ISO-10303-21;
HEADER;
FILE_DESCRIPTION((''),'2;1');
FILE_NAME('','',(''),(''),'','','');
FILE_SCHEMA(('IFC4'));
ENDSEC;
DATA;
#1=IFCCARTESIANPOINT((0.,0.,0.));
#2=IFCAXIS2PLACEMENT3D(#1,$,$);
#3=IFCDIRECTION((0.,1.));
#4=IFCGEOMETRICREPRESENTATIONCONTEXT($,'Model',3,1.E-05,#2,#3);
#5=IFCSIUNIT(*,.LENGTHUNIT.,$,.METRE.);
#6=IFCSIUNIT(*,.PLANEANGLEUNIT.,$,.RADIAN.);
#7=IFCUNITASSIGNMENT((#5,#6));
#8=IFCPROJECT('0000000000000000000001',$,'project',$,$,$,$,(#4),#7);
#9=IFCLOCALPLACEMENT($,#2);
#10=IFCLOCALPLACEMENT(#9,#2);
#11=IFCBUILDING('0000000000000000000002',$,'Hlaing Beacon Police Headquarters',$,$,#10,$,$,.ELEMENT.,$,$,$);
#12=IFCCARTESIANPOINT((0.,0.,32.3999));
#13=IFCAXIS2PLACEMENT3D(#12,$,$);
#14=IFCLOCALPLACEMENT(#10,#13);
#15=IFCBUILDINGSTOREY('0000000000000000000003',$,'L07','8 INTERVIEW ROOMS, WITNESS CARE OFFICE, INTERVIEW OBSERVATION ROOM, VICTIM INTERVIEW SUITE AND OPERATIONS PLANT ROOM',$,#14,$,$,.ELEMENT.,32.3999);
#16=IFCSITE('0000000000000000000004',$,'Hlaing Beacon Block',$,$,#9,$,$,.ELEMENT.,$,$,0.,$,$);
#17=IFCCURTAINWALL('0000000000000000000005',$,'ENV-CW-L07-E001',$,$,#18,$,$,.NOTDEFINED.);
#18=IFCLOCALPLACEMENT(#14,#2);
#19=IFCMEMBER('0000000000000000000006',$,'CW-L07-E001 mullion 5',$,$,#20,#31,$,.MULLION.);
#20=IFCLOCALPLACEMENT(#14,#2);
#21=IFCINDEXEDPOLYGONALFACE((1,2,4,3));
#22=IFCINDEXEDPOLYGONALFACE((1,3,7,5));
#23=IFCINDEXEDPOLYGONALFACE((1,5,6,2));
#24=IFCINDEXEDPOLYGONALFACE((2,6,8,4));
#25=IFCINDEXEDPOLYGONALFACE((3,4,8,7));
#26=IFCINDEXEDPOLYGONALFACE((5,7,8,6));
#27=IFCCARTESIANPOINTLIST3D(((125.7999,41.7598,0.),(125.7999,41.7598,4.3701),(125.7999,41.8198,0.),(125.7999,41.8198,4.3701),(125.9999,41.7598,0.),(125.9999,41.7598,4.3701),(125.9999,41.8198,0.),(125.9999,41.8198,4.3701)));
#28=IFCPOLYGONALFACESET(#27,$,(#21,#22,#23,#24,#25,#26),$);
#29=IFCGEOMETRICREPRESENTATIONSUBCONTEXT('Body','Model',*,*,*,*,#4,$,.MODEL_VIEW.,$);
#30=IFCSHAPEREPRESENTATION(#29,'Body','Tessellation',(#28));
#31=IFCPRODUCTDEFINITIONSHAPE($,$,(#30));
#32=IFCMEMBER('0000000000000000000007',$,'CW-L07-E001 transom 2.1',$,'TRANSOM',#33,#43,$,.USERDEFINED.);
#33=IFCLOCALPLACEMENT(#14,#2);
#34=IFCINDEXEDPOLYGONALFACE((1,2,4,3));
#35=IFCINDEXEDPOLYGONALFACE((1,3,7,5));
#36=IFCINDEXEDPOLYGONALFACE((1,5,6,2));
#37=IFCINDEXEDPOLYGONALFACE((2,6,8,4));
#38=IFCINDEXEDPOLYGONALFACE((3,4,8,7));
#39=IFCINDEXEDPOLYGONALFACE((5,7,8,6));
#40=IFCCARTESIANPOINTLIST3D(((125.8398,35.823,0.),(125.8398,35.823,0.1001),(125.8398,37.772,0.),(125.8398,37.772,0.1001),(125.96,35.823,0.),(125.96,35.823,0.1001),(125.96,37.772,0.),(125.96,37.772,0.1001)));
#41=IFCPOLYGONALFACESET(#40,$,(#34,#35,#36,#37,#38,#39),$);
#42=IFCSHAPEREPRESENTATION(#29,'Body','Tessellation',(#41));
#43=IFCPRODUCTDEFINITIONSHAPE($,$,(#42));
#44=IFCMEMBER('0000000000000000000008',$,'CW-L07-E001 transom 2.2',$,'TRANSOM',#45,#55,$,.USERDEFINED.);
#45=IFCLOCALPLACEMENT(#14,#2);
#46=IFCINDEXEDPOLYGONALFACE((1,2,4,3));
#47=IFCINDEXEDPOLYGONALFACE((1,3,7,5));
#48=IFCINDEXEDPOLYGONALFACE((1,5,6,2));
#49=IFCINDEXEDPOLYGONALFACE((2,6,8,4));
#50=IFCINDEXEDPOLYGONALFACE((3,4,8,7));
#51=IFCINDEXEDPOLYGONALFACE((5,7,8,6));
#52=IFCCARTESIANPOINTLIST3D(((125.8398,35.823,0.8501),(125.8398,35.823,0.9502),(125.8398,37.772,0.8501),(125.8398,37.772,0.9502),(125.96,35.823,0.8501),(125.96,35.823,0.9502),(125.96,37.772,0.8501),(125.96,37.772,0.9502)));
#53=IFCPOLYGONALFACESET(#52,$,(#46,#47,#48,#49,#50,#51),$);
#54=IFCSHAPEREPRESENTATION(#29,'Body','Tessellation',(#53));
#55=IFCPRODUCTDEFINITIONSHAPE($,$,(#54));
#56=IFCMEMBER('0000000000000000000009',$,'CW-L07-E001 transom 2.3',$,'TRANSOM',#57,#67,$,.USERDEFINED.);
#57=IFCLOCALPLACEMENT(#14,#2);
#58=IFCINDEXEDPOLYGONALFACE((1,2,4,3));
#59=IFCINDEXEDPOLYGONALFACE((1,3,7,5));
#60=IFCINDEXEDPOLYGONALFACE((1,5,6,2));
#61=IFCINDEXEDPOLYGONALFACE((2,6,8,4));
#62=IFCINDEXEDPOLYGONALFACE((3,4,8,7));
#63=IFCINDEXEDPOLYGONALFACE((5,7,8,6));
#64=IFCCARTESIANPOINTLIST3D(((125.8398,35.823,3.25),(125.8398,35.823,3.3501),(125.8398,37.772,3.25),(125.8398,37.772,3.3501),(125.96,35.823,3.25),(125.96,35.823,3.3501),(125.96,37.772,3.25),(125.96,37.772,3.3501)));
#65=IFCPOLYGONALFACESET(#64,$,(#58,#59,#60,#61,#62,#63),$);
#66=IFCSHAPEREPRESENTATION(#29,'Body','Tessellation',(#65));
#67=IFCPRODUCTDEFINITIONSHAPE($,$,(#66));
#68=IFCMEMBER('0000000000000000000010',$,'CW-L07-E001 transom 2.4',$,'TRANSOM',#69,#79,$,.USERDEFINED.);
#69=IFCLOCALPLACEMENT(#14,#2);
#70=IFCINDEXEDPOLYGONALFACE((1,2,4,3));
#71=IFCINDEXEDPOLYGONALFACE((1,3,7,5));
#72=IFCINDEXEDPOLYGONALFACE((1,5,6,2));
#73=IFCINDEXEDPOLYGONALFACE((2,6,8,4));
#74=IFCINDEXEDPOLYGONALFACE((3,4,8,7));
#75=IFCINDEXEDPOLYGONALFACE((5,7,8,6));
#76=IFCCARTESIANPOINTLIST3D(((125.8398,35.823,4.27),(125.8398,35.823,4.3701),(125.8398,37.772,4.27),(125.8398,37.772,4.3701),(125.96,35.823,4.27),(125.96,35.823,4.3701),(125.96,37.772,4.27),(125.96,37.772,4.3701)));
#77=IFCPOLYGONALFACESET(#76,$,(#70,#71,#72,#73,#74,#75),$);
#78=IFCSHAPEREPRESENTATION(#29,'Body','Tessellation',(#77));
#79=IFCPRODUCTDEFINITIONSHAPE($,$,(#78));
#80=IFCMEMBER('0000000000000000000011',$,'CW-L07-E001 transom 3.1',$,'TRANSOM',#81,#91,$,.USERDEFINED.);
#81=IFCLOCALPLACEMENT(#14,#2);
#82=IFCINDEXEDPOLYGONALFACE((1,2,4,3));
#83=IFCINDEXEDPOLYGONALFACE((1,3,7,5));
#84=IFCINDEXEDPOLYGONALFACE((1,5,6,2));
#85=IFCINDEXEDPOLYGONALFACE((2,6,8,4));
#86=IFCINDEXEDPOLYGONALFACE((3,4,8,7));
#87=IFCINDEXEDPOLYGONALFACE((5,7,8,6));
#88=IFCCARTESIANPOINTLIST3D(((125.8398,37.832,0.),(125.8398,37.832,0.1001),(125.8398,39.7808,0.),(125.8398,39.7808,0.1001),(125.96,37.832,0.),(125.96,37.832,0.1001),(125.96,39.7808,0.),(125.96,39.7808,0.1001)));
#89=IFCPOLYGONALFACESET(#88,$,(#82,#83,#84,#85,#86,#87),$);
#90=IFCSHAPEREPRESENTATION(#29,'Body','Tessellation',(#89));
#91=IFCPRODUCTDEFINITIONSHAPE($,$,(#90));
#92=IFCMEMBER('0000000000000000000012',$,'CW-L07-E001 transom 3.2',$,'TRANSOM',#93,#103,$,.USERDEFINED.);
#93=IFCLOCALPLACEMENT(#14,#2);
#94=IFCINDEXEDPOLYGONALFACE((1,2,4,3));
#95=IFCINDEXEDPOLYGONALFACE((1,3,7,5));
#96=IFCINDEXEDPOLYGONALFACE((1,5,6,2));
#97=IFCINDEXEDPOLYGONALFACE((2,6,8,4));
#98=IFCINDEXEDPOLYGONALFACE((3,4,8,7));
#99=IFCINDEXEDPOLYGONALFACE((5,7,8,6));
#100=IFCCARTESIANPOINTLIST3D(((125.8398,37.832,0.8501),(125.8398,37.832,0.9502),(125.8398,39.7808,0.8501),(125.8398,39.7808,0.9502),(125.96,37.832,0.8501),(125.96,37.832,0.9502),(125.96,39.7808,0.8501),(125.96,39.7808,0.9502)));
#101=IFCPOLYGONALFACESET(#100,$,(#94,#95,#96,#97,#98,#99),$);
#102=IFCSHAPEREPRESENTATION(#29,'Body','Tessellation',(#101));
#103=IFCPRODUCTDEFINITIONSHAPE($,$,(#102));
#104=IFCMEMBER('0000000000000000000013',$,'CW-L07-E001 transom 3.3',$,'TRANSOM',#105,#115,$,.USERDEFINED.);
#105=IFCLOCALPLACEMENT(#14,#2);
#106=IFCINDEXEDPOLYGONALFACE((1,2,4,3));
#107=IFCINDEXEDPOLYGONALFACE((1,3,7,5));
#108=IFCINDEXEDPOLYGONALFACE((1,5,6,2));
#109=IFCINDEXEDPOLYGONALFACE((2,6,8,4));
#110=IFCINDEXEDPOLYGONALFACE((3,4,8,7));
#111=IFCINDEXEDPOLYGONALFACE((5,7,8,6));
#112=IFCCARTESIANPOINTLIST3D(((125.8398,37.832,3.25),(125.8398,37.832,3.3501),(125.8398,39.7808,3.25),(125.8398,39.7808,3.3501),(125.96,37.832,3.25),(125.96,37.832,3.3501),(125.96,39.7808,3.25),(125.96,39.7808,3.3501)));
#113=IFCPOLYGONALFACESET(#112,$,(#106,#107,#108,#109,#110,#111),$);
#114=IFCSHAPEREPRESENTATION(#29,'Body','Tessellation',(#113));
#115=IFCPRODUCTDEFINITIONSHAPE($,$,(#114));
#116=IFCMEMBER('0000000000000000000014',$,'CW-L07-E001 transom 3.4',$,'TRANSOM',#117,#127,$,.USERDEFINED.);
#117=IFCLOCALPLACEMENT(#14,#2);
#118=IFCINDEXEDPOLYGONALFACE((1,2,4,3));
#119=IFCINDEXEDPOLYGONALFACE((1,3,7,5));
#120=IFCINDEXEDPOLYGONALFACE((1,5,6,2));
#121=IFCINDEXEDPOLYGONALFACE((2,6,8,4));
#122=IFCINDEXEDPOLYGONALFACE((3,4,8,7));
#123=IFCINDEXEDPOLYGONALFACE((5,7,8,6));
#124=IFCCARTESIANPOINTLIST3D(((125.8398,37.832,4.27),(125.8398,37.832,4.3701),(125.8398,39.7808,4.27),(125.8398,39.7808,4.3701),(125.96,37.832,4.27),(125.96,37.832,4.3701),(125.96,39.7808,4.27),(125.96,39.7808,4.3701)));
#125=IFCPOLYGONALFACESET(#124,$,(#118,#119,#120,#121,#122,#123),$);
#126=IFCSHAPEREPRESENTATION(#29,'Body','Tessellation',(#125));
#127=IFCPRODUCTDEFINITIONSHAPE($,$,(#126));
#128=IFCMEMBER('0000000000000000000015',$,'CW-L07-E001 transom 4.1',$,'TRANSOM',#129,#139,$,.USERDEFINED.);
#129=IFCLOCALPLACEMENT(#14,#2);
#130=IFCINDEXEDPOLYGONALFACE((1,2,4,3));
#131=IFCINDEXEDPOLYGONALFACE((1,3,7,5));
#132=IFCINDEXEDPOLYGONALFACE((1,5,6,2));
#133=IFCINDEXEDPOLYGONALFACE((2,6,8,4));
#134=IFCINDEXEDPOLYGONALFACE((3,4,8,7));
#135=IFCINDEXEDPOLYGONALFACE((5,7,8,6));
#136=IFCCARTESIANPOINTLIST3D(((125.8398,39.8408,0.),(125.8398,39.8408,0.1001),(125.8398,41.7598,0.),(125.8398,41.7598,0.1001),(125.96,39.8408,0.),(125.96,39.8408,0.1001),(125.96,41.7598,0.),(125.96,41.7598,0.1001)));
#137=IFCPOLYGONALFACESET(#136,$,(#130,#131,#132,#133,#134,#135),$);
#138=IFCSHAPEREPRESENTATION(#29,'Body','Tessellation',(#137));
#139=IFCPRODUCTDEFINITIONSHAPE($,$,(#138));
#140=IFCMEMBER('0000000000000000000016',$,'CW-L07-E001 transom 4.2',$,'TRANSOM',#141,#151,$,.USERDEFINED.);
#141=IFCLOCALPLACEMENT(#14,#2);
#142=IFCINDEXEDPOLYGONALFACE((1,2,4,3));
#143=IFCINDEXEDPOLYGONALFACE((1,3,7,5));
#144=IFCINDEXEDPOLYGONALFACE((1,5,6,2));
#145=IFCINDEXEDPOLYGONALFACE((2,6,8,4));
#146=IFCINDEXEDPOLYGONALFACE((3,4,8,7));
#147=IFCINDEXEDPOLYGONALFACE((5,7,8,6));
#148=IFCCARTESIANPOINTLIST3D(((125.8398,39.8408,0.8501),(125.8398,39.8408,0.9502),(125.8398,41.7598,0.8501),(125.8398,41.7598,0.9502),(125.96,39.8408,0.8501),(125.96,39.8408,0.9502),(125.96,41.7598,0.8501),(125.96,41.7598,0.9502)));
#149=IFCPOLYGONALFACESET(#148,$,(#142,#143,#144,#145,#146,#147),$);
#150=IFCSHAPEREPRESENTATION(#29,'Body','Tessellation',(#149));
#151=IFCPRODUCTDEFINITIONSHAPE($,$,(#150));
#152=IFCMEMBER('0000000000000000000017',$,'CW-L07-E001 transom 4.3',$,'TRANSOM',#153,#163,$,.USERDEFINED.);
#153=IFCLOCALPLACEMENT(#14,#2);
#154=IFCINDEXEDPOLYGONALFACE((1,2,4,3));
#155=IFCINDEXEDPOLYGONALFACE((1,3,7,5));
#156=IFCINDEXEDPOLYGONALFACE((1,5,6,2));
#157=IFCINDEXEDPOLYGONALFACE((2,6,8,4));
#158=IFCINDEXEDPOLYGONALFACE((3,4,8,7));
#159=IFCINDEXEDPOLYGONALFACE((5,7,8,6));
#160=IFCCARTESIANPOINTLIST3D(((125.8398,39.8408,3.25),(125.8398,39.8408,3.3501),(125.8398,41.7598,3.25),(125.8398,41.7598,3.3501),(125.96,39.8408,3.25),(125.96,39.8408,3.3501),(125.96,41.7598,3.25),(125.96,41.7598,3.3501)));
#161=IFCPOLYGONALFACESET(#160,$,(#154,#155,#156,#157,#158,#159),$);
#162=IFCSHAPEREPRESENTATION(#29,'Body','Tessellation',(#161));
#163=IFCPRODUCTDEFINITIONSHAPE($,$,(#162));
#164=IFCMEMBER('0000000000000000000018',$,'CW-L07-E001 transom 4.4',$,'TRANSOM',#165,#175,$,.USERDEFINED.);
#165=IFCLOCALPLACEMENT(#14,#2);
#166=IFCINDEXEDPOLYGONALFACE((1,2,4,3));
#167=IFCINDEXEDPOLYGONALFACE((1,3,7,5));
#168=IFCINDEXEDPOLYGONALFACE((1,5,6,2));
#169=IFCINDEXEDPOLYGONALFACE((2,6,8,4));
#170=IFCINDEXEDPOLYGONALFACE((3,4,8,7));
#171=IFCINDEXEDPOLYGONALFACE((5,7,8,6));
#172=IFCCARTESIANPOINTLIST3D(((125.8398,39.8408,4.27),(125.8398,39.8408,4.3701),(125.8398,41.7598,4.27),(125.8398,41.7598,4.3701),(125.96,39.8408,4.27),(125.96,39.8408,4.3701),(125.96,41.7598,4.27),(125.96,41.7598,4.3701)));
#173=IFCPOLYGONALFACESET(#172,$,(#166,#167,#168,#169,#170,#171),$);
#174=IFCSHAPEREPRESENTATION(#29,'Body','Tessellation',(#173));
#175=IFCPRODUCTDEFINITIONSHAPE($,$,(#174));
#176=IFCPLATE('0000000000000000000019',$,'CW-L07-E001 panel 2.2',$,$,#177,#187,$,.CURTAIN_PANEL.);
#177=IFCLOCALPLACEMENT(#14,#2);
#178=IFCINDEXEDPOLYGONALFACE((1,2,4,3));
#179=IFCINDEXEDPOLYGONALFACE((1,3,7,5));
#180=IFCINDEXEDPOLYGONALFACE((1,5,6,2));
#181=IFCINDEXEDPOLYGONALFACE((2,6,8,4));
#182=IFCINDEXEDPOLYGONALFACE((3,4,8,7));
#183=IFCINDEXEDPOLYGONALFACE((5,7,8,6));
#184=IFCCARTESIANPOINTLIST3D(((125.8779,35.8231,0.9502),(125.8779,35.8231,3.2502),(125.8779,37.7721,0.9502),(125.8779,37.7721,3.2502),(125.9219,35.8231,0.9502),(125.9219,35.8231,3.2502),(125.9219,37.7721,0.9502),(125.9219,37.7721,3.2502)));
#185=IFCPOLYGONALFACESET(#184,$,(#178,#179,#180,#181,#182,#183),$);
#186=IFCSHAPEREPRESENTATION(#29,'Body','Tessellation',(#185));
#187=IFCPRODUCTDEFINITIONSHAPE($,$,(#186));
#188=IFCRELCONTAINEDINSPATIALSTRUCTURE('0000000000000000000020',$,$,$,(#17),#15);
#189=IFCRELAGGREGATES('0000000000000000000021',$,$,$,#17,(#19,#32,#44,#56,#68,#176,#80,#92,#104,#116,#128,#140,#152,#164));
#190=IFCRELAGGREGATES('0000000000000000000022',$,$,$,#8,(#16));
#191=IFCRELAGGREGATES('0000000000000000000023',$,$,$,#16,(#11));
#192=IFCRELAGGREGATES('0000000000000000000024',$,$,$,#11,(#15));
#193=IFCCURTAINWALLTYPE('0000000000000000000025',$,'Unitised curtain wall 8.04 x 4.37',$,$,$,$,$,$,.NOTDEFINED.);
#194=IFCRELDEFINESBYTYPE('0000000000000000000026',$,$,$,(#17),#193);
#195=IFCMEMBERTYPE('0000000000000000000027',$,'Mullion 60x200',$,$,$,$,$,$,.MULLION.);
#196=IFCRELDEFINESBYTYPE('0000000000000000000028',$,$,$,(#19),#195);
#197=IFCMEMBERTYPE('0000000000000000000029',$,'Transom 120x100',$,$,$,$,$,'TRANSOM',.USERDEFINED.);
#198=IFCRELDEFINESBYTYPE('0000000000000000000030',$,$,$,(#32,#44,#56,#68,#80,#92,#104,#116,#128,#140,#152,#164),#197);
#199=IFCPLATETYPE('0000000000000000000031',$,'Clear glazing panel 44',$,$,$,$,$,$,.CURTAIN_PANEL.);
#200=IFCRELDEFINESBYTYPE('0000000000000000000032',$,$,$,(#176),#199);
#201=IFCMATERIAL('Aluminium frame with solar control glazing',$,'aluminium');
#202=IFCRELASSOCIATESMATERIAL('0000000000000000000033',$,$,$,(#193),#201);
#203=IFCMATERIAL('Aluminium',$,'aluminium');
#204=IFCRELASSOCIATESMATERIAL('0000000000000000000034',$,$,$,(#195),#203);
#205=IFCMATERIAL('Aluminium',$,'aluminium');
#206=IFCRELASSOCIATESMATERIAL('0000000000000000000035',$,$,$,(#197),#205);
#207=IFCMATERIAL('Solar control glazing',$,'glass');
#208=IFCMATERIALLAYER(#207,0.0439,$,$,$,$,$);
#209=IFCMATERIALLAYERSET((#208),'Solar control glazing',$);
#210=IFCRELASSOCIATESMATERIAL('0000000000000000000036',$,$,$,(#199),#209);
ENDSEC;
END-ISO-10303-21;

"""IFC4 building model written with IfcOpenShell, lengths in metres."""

from ifc_helpers import new_model, si_unit, direction, frame, origin, origin_2d, place, context, subcontext, project, spatial, rectangle, extrude, material, layer, layer_set, material_profile, profile_set, type_object, element, aggregate, save


model = new_model("IFC4")

# Units and contexts
model_context = context("Model", 3, precision=1e-05, world=origin(), true_north=direction((0.0, 1.0)))
body_context = subcontext(model_context, "Body", "Model", "MODEL_VIEW")
ifc_project = project(units=[si_unit("LENGTHUNIT", "METRE"), si_unit("PLANEANGLEUNIT", "RADIAN")], contexts=[model_context])

# Site, building, storey
site_placement = place(None, origin())
site = spatial("IfcSite", under=ifc_project, at=site_placement, Name="Hlaing Beacon Block", CompositionType="ELEMENT", RefElevation=0.0)
building_placement = place(site_placement, origin())
building = spatial("IfcBuilding", under=site, at=building_placement, Name="Hlaing Beacon Police Headquarters", CompositionType="ELEMENT")
storey_placement = place(building_placement, frame((0.0, 0.0, 32.3999)))
storey = spatial("IfcBuildingStorey", under=building, at=storey_placement, Name="L07", Description="8 INTERVIEW ROOMS, WITNESS CARE OFFICE, INTERVIEW OBSERVATION ROOM, VICTIM INTERVIEW SUITE AND OPERATIONS PLANT ROOM", CompositionType="ELEMENT", Elevation=32.3999)

# Curtain wall, members, plate
ifc_material_1 = material(Name="Aluminium frame with solar control glazing", Category="aluminium")
curtain_wall_type = type_object("IfcCurtainWallType", Name="Unitised curtain wall 8.04 x 4.37", PredefinedType="NOTDEFINED", material=ifc_material_1)
curtain_wall_placement = place(storey_placement, origin())
curtain_wall = element("IfcCurtainWall", 1, at=curtain_wall_placement, inside=storey, type_object=curtain_wall_type, Name="ENV-CW-L07-E001", PredefinedType="NOTDEFINED")
ifc_material_2 = material(Name="Aluminium", Category="aluminium")
ifc_material_profile_1 = material_profile(ifc_material_2, rectangle(XDim=0.2, YDim=0.0601, at=origin_2d()), Name="Mullion 60x200")
ifc_profile_set_1 = profile_set([ifc_material_profile_1], Name="Aluminium")
member_type_1 = type_object("IfcMemberType", Name="Mullion 60x200", PredefinedType="MULLION", material=ifc_profile_set_1)
member_1_placement = place(storey_placement, frame((125.8999, 41.7898, 0.0), z_axis=(0.0, 0.0, 1.0), x_axis=(-1.0, 0.0, 0.0)))
member_1 = element("IfcMember", 2, at=member_1_placement, type_object=member_type_1, Name="CW-L07-E001 mullion 5", PredefinedType="MULLION", context=body_context, shape_type="SweptSolid", body=[
    extrude(rectangle(XDim=0.2, YDim=0.0601, at=origin_2d()), origin(), (0.0, 0.0, 1.0), 4.3701),
])
ifc_material_3 = material(Name="Aluminium", Category="aluminium")
ifc_material_profile_2 = material_profile(ifc_material_3, rectangle(XDim=0.1201, YDim=0.1001, at=origin_2d()), Name="Transom 120x100")
ifc_profile_set_2 = profile_set([ifc_material_profile_2], Name="Aluminium")
member_type_2 = type_object("IfcMemberType", Name="Transom 120x100", ElementType="TRANSOM", PredefinedType="USERDEFINED", material=ifc_profile_set_2)
member_2_placement = place(storey_placement, frame((125.8999, 35.823, 0.05), z_axis=(0.0, 1.0, 0.0), x_axis=(-1.0, 0.0, 0.0)))
member_2 = element("IfcMember", 3, at=member_2_placement, type_object=member_type_2, Name="CW-L07-E001 transom 2.1", ObjectType="TRANSOM", PredefinedType="USERDEFINED", context=body_context, shape_type="SweptSolid", body=[
    extrude(rectangle(XDim=0.1201, YDim=0.1001, at=origin_2d()), origin(), (0.0, 0.0, 1.0), 1.949),
])
member_3_placement = place(storey_placement, frame((125.8999, 35.823, 0.9001), z_axis=(0.0, 1.0, 0.0), x_axis=(-1.0, 0.0, 0.0)))
member_3 = element("IfcMember", 4, at=member_3_placement, type_object=member_type_2, Name="CW-L07-E001 transom 2.2", ObjectType="TRANSOM", PredefinedType="USERDEFINED", context=body_context, shape_type="SweptSolid", body=[
    extrude(rectangle(XDim=0.1201, YDim=0.1001, at=origin_2d()), origin(), (0.0, 0.0, 1.0), 1.949),
])
member_4_placement = place(storey_placement, frame((125.8999, 35.823, 3.3), z_axis=(0.0, 1.0, 0.0), x_axis=(-1.0, 0.0, 0.0)))
member_4 = element("IfcMember", 5, at=member_4_placement, type_object=member_type_2, Name="CW-L07-E001 transom 2.3", ObjectType="TRANSOM", PredefinedType="USERDEFINED", context=body_context, shape_type="SweptSolid", body=[
    extrude(rectangle(XDim=0.1201, YDim=0.1001, at=origin_2d()), origin(), (0.0, 0.0, 1.0), 1.949),
])
member_5_placement = place(storey_placement, frame((125.8999, 35.823, 4.3201), z_axis=(0.0, 1.0, 0.0), x_axis=(-1.0, 0.0, 0.0)))
member_5 = element("IfcMember", 6, at=member_5_placement, type_object=member_type_2, Name="CW-L07-E001 transom 2.4", ObjectType="TRANSOM", PredefinedType="USERDEFINED", context=body_context, shape_type="SweptSolid", body=[
    extrude(rectangle(XDim=0.1201, YDim=0.1001, at=origin_2d()), origin(), (0.0, 0.0, 1.0), 1.949),
])
member_6_placement = place(storey_placement, frame((125.8999, 37.832, 0.05), z_axis=(0.0, 1.0, 0.0), x_axis=(-1.0, 0.0, 0.0)))
member_6 = element("IfcMember", 7, at=member_6_placement, type_object=member_type_2, Name="CW-L07-E001 transom 3.1", ObjectType="TRANSOM", PredefinedType="USERDEFINED", context=body_context, shape_type="SweptSolid", body=[
    extrude(rectangle(XDim=0.1201, YDim=0.1001, at=origin_2d()), origin(), (0.0, 0.0, 1.0), 1.9487),
])
member_7_placement = place(storey_placement, frame((125.8999, 37.832, 0.9001), z_axis=(0.0, 1.0, 0.0), x_axis=(-1.0, 0.0, 0.0)))
member_7 = element("IfcMember", 8, at=member_7_placement, type_object=member_type_2, Name="CW-L07-E001 transom 3.2", ObjectType="TRANSOM", PredefinedType="USERDEFINED", context=body_context, shape_type="SweptSolid", body=[
    extrude(rectangle(XDim=0.1201, YDim=0.1001, at=origin_2d()), origin(), (0.0, 0.0, 1.0), 1.9487),
])
member_8_placement = place(storey_placement, frame((125.8999, 37.832, 3.3), z_axis=(0.0, 1.0, 0.0), x_axis=(-1.0, 0.0, 0.0)))
member_8 = element("IfcMember", 9, at=member_8_placement, type_object=member_type_2, Name="CW-L07-E001 transom 3.3", ObjectType="TRANSOM", PredefinedType="USERDEFINED", context=body_context, shape_type="SweptSolid", body=[
    extrude(rectangle(XDim=0.1201, YDim=0.1001, at=origin_2d()), origin(), (0.0, 0.0, 1.0), 1.9487),
])
member_9_placement = place(storey_placement, frame((125.8999, 37.832, 4.3201), z_axis=(0.0, 1.0, 0.0), x_axis=(-1.0, 0.0, 0.0)))
member_9 = element("IfcMember", 10, at=member_9_placement, type_object=member_type_2, Name="CW-L07-E001 transom 3.4", ObjectType="TRANSOM", PredefinedType="USERDEFINED", context=body_context, shape_type="SweptSolid", body=[
    extrude(rectangle(XDim=0.1201, YDim=0.1001, at=origin_2d()), origin(), (0.0, 0.0, 1.0), 1.9487),
])
member_10_placement = place(storey_placement, frame((125.8999, 39.8408, 0.05), z_axis=(0.0, 1.0, 0.0), x_axis=(-1.0, 0.0, 0.0)))
member_10 = element("IfcMember", 11, at=member_10_placement, type_object=member_type_2, Name="CW-L07-E001 transom 4.1", ObjectType="TRANSOM", PredefinedType="USERDEFINED", context=body_context, shape_type="SweptSolid", body=[
    extrude(rectangle(XDim=0.1201, YDim=0.1001, at=origin_2d()), origin(), (0.0, 0.0, 1.0), 1.9189),
])
member_11_placement = place(storey_placement, frame((125.8999, 39.8408, 0.9001), z_axis=(0.0, 1.0, 0.0), x_axis=(-1.0, 0.0, 0.0)))
member_11 = element("IfcMember", 12, at=member_11_placement, type_object=member_type_2, Name="CW-L07-E001 transom 4.2", ObjectType="TRANSOM", PredefinedType="USERDEFINED", context=body_context, shape_type="SweptSolid", body=[
    extrude(rectangle(XDim=0.1201, YDim=0.1001, at=origin_2d()), origin(), (0.0, 0.0, 1.0), 1.9189),
])
member_12_placement = place(storey_placement, frame((125.8999, 39.8408, 3.3), z_axis=(0.0, 1.0, 0.0), x_axis=(-1.0, 0.0, 0.0)))
member_12 = element("IfcMember", 13, at=member_12_placement, type_object=member_type_2, Name="CW-L07-E001 transom 4.3", ObjectType="TRANSOM", PredefinedType="USERDEFINED", context=body_context, shape_type="SweptSolid", body=[
    extrude(rectangle(XDim=0.1201, YDim=0.1001, at=origin_2d()), origin(), (0.0, 0.0, 1.0), 1.9189),
])
member_13_placement = place(storey_placement, frame((125.8999, 39.8408, 4.3201), z_axis=(0.0, 1.0, 0.0), x_axis=(-1.0, 0.0, 0.0)))
member_13 = element("IfcMember", 14, at=member_13_placement, type_object=member_type_2, Name="CW-L07-E001 transom 4.4", ObjectType="TRANSOM", PredefinedType="USERDEFINED", context=body_context, shape_type="SweptSolid", body=[
    extrude(rectangle(XDim=0.1201, YDim=0.1001, at=origin_2d()), origin(), (0.0, 0.0, 1.0), 1.9189),
])
ifc_material_4 = material(Name="Solar control glazing", Category="glass")
ifc_layer_1 = layer(ifc_material_4, 0.0439)
ifc_layer_set_1 = layer_set([ifc_layer_1], Name="Solar control glazing")
plate_type_1 = type_object("IfcPlateType", Name="Clear glazing panel 44", PredefinedType="CURTAIN_PANEL", material=ifc_layer_set_1)
plate_1_placement = place(storey_placement, frame((125.8999, 36.7976, 0.9502), z_axis=(0.0, 0.0, 1.0), x_axis=(0.0, 1.0, 0.0)))
plate_1 = element("IfcPlate", 15, at=plate_1_placement, type_object=plate_type_1, Name="CW-L07-E001 panel 2.2", PredefinedType="CURTAIN_PANEL", context=body_context, shape_type="SweptSolid", body=[
    extrude(rectangle(XDim=1.949, YDim=0.0439, at=origin_2d()), origin(), (0.0, 0.0, 1.0), 2.3),
])
aggregate(curtain_wall, [member_1, member_2, member_3, member_4, member_5, plate_1, member_6, member_7, member_8, member_9, member_10, member_11, member_12, member_13])

save(model, "model.ifc")
